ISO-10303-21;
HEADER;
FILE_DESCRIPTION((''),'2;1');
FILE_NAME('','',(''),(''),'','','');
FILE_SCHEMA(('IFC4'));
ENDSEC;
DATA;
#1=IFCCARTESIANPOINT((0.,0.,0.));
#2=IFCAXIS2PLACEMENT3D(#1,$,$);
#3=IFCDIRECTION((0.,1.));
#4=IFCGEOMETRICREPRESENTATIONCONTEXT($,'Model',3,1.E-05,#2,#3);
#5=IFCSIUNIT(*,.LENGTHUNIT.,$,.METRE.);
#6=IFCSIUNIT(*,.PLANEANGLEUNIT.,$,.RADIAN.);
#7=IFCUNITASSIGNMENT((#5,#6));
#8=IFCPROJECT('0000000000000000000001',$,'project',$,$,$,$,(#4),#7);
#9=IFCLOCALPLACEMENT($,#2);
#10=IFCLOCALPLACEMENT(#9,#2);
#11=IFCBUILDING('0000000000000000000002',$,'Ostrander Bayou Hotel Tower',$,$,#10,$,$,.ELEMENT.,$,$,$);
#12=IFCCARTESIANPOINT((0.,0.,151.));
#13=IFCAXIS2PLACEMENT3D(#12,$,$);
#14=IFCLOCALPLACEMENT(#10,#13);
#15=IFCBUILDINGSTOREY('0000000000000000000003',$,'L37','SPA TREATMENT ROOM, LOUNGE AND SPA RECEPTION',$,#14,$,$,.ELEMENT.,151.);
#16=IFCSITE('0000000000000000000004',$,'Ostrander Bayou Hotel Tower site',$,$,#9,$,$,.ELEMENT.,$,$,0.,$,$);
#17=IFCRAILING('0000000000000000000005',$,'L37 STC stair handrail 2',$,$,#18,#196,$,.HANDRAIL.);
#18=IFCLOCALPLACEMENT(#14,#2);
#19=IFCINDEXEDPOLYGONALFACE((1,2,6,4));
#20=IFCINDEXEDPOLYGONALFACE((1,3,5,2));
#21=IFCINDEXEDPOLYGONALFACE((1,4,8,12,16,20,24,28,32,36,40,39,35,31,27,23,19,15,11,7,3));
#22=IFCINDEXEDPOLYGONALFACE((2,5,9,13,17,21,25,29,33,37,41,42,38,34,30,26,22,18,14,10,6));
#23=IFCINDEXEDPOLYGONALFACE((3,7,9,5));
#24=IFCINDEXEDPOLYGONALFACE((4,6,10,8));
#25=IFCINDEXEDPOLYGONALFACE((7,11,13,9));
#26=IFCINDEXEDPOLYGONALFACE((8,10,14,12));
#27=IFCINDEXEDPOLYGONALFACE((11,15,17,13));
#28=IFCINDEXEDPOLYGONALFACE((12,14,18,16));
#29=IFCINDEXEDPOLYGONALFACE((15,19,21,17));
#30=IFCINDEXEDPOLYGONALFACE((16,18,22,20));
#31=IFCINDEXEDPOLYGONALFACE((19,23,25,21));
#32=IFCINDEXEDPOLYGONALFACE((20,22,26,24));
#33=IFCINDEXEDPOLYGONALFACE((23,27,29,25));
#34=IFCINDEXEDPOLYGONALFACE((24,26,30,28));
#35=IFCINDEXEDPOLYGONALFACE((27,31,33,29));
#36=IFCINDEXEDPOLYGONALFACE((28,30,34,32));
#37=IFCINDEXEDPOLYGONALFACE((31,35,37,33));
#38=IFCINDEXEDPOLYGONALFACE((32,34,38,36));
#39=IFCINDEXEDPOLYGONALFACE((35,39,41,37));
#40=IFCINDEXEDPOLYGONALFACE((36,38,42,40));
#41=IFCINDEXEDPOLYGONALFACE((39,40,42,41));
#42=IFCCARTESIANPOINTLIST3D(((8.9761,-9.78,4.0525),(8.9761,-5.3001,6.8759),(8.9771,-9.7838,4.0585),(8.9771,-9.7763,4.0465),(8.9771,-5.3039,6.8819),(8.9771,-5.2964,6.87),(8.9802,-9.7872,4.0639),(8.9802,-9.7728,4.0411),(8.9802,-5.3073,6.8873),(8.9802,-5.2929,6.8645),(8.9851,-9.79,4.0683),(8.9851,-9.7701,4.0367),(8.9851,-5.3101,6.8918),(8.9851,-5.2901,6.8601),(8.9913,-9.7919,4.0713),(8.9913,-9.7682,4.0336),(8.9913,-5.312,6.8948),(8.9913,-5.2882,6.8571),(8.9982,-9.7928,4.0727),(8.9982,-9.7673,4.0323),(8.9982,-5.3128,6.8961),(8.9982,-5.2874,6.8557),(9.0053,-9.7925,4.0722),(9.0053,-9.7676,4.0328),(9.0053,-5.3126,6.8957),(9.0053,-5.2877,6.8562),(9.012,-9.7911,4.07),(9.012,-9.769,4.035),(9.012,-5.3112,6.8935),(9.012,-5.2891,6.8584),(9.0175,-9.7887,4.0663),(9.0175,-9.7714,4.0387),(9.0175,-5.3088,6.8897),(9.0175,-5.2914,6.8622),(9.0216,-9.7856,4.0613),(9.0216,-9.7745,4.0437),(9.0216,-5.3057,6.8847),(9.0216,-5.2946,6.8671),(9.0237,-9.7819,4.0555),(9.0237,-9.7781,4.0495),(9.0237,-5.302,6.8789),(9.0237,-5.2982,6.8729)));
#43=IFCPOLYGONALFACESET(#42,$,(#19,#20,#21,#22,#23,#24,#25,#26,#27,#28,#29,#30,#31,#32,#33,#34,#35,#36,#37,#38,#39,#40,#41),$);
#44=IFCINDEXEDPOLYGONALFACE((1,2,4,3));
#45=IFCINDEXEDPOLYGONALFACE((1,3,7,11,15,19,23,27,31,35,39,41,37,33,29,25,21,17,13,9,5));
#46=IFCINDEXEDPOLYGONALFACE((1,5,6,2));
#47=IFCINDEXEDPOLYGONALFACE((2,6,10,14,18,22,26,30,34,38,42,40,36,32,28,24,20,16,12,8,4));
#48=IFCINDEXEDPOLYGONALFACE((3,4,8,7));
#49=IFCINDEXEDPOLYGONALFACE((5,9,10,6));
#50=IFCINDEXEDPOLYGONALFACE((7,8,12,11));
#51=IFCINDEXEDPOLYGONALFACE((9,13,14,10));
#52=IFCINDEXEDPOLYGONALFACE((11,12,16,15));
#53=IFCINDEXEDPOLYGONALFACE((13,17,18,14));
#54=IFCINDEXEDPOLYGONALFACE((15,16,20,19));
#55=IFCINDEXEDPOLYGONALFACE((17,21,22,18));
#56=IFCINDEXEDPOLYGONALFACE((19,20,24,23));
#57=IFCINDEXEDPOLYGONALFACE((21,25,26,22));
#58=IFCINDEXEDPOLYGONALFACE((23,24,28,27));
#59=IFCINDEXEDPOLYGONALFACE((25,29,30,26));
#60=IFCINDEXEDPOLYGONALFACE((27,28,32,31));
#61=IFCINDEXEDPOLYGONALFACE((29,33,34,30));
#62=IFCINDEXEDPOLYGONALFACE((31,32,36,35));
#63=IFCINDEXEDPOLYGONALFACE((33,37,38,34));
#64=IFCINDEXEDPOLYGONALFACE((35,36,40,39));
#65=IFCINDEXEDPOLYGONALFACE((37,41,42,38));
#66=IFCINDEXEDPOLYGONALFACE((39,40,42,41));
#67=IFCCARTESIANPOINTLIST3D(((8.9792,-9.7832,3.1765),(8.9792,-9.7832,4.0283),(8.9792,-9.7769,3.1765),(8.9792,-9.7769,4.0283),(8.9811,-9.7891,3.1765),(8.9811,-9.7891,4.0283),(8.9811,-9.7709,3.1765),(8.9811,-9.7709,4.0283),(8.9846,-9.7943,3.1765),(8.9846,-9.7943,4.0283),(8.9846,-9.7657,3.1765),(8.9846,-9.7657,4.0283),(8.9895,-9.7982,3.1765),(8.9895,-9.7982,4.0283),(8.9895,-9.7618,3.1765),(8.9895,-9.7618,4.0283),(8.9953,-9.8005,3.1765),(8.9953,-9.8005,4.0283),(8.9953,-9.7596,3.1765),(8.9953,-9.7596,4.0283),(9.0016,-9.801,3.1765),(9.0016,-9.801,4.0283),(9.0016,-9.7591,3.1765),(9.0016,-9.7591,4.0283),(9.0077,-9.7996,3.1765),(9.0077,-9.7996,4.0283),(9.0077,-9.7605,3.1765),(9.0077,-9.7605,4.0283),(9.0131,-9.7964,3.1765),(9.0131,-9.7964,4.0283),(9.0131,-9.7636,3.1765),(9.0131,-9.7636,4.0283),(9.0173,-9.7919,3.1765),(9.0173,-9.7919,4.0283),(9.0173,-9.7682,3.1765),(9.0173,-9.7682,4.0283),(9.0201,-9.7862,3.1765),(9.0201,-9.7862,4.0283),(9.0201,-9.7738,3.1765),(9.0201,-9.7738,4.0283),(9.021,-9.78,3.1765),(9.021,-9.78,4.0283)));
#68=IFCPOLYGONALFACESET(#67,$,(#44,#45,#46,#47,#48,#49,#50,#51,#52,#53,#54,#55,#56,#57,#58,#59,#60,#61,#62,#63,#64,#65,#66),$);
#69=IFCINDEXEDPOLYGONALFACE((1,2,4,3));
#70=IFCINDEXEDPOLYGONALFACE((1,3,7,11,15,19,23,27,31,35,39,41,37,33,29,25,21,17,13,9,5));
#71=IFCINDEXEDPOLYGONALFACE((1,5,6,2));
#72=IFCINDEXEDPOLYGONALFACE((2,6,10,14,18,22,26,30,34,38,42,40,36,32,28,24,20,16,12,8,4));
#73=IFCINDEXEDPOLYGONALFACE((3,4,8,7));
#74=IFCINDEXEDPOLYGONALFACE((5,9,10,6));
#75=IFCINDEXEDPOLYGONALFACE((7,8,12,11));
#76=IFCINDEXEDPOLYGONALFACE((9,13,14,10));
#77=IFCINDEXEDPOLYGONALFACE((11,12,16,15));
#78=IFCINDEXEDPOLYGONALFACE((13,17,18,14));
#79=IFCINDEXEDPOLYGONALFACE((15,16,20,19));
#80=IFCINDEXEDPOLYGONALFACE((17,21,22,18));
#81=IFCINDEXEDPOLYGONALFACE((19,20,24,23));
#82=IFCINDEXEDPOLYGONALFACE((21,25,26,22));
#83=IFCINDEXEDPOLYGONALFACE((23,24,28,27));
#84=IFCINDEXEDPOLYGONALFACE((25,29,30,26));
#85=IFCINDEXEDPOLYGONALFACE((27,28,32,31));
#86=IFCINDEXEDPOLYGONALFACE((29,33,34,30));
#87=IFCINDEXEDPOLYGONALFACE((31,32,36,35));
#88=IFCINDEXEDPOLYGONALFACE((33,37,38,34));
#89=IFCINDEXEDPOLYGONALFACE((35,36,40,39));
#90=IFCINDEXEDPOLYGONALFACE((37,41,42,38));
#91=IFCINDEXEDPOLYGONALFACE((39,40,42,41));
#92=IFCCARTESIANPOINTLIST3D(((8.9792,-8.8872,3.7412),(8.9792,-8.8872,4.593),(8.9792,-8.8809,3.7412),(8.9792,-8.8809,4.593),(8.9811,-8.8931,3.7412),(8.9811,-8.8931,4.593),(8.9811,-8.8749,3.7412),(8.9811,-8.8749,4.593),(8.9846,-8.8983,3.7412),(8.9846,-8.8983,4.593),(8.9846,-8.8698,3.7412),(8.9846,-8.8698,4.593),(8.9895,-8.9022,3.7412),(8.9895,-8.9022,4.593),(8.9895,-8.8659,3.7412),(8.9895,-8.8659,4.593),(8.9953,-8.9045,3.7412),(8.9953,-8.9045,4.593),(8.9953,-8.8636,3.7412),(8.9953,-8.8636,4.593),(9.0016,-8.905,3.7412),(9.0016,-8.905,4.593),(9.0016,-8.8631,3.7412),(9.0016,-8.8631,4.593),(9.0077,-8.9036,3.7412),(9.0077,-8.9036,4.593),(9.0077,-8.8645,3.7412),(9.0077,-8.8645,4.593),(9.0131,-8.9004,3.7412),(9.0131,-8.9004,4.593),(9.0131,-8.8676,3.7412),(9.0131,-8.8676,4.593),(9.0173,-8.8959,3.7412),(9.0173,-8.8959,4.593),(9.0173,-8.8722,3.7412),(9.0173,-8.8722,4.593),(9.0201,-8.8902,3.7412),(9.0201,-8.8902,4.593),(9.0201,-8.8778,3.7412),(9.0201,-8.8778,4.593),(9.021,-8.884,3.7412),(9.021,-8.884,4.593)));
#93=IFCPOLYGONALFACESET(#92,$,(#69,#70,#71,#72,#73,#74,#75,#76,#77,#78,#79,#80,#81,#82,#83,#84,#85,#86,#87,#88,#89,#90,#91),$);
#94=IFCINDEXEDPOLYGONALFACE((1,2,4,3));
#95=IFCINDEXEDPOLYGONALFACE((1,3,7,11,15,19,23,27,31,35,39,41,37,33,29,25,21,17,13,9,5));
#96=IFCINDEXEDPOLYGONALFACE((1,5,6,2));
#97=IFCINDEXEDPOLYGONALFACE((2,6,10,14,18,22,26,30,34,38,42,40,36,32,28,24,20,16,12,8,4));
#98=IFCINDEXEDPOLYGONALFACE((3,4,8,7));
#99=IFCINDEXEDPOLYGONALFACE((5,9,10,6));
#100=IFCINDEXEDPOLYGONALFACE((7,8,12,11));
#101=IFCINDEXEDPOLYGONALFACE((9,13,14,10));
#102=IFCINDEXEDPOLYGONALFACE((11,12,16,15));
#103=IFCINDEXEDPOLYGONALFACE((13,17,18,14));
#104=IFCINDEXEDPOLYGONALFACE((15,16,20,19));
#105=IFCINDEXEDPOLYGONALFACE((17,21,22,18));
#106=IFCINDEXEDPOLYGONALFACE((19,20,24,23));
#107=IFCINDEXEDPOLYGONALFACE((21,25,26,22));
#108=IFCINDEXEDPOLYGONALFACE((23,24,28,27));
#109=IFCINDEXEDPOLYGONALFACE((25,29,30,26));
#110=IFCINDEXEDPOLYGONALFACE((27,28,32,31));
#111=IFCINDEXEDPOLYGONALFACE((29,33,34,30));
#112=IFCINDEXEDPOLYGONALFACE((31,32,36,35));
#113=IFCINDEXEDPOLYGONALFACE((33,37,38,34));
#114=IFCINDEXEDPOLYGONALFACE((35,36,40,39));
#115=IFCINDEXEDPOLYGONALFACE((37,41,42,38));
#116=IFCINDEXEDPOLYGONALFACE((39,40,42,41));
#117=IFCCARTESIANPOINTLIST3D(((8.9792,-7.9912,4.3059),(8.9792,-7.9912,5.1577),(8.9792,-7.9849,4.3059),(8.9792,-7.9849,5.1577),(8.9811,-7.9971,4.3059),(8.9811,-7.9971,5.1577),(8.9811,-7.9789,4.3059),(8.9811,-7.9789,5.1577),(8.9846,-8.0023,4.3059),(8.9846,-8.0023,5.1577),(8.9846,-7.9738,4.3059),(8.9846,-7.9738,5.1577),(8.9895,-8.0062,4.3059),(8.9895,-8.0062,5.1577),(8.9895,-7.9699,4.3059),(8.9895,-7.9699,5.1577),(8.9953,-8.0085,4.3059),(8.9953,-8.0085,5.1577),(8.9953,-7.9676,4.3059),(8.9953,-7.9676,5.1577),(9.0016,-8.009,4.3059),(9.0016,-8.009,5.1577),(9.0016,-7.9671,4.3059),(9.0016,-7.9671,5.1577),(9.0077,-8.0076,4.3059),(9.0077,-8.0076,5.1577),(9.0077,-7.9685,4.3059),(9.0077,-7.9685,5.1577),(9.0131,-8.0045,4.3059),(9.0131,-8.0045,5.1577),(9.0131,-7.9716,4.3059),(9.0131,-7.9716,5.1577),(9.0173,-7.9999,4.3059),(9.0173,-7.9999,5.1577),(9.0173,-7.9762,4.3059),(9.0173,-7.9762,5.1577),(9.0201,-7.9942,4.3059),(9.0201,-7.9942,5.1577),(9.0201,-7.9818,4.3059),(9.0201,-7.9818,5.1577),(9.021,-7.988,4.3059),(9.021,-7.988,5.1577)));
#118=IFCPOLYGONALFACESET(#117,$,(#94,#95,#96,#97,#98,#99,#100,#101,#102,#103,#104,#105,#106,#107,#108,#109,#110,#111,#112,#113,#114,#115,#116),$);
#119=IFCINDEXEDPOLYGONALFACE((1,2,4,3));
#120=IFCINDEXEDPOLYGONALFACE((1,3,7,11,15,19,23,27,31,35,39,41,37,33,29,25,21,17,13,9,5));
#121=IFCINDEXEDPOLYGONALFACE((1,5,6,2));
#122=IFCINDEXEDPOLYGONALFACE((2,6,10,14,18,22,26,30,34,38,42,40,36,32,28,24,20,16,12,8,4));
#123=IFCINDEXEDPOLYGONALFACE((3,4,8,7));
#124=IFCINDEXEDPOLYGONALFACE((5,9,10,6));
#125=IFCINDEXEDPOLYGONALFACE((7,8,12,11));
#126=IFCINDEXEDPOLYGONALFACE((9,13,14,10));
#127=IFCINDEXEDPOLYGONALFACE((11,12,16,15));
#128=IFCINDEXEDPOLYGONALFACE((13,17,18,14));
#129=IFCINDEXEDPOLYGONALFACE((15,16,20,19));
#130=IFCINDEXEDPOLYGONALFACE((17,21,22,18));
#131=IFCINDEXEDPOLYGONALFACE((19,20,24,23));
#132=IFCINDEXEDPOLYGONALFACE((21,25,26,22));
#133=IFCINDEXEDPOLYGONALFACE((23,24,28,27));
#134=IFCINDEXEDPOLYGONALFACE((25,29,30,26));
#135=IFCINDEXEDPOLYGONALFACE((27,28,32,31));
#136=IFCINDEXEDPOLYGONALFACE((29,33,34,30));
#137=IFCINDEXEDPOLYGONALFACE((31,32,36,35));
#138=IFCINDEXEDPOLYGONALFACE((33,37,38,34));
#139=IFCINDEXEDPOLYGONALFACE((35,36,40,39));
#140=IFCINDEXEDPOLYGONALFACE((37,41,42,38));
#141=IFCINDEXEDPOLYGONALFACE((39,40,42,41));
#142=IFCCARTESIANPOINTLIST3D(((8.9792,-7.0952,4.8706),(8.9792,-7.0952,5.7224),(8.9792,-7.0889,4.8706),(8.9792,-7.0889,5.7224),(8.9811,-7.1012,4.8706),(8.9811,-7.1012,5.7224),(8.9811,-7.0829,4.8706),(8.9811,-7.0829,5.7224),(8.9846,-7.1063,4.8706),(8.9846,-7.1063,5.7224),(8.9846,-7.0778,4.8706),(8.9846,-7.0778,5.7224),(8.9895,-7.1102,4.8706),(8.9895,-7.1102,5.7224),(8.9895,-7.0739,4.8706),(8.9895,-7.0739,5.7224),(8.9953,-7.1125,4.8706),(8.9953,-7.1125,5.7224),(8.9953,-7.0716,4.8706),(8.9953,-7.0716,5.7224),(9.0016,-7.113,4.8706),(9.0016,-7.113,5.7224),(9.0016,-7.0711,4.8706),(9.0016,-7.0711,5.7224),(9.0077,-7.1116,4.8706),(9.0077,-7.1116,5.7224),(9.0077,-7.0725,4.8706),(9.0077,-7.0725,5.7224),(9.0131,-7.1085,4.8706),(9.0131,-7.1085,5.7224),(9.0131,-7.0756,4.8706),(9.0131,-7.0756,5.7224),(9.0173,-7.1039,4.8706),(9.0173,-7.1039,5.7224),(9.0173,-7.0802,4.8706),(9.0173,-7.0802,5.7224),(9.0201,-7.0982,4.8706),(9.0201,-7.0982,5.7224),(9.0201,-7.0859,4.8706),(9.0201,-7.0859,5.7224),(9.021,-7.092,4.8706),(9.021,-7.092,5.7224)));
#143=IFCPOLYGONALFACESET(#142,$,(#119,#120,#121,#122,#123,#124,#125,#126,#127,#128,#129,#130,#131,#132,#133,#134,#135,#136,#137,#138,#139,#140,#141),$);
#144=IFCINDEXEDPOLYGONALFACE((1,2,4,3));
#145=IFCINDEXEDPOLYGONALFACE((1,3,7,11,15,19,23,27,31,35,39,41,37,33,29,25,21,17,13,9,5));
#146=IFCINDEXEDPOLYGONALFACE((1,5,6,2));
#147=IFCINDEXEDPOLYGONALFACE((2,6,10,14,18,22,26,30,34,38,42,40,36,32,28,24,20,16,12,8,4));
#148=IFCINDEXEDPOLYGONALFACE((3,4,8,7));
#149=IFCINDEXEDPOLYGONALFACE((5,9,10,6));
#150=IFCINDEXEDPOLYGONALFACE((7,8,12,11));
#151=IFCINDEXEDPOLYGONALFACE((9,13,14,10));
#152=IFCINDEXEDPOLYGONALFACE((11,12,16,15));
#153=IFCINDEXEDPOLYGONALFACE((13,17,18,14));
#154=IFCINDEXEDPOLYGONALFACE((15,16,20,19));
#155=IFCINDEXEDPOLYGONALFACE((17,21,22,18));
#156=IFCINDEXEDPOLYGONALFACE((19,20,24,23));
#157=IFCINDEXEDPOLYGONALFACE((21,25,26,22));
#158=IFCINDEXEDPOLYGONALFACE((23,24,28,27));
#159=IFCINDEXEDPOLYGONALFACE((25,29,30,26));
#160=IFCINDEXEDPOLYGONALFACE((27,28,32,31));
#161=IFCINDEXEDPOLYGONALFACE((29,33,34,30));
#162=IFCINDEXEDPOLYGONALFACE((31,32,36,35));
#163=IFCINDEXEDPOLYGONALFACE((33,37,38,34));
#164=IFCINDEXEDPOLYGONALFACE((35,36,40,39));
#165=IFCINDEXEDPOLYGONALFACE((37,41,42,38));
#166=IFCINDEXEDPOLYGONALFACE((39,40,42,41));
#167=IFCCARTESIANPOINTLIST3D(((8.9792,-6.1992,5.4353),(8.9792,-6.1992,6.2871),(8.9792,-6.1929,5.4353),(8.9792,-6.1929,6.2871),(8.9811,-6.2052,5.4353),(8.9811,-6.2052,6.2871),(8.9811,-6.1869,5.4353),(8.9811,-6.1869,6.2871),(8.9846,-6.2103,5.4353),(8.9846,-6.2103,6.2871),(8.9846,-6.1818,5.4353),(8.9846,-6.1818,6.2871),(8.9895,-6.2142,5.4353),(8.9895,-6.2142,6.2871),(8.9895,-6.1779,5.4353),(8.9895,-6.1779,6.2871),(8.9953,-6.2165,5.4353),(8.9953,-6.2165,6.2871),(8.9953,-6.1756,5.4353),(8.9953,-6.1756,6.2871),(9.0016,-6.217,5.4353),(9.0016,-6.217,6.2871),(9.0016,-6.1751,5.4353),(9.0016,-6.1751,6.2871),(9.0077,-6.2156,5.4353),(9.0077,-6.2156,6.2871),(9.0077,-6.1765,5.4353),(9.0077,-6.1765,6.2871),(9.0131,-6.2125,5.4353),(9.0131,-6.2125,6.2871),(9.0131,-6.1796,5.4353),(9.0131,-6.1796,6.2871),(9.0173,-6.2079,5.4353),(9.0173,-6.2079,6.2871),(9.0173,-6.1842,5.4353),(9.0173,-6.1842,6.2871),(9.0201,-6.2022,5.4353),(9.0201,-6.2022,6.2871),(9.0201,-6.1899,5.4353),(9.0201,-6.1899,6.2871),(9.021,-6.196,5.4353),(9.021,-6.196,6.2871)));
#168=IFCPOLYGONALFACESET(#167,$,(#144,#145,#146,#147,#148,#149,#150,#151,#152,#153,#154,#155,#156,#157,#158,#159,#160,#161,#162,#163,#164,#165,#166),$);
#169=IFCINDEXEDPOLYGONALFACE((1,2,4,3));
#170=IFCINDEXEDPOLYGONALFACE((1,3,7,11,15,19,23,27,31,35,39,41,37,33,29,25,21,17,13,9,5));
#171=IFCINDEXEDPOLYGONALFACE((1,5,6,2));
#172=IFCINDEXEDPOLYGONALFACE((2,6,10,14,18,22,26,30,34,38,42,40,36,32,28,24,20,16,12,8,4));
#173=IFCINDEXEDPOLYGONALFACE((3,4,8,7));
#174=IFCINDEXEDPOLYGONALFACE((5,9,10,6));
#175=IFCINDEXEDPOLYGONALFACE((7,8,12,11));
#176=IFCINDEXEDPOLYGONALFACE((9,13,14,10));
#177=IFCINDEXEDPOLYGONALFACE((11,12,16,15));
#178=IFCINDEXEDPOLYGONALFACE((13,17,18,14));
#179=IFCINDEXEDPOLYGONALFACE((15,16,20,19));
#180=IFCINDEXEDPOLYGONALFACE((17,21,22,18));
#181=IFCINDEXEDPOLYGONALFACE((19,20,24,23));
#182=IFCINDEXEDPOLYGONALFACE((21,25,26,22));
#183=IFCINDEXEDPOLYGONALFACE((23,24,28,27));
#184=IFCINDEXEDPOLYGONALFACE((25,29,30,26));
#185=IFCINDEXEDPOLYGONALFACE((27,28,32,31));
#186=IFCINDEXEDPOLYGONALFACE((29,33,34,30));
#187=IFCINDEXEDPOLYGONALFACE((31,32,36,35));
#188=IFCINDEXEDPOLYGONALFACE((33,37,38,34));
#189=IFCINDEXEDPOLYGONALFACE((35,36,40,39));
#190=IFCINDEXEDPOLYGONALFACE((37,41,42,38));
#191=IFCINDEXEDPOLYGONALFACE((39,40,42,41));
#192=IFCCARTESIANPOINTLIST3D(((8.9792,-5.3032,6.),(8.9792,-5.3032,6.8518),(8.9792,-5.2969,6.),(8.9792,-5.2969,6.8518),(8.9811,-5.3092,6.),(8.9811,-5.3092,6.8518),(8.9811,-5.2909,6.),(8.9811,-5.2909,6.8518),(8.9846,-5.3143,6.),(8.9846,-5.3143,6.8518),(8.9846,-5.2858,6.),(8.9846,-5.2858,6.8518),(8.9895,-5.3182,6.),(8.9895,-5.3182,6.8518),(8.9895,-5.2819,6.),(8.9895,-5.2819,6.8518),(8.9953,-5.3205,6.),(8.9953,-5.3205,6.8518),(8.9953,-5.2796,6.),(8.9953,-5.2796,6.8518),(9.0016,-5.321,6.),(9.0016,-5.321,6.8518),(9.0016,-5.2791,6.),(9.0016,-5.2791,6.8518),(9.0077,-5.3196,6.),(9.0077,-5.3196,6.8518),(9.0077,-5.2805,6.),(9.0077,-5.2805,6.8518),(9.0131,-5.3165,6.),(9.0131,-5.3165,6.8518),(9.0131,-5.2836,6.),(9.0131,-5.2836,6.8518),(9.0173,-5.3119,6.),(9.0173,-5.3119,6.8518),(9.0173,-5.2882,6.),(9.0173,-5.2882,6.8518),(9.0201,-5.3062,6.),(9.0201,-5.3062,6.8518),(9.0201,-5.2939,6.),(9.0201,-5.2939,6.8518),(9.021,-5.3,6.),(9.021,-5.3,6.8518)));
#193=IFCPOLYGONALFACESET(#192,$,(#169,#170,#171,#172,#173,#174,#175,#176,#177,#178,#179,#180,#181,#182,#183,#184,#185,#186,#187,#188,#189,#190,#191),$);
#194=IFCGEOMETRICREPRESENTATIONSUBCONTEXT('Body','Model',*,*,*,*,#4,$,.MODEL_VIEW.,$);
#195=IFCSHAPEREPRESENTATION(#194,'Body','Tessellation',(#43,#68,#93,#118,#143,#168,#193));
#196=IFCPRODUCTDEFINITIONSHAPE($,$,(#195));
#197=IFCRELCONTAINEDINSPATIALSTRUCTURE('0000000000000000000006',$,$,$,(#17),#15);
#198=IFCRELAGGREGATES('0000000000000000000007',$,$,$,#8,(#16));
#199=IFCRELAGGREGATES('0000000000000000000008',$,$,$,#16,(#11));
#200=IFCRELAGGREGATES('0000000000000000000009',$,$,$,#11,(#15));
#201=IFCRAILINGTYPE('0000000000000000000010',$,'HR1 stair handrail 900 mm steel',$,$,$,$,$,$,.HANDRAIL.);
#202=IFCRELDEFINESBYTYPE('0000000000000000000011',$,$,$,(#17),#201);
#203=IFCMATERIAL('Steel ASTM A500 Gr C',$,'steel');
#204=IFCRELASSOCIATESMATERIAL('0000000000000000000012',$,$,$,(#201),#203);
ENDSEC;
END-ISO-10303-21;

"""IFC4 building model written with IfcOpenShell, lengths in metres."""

from ifc_helpers import new_model, si_unit, direction, frame, origin, origin_2d, place, context, subcontext, project, spatial, circle, extrude, material, type_object, element, save


model = new_model("IFC4")

# Units and contexts
model_context = context("Model", 3, precision=1e-05, world=origin(), true_north=direction((0.0, 1.0)))
body_context = subcontext(model_context, "Body", "Model", "MODEL_VIEW")
ifc_project = project(units=[si_unit("LENGTHUNIT", "METRE"), si_unit("PLANEANGLEUNIT", "RADIAN")], contexts=[model_context])

# Site, building, storey
site_placement = place(None, origin())
site = spatial("IfcSite", under=ifc_project, at=site_placement, Name="Ostrander Bayou Hotel Tower site", CompositionType="ELEMENT", RefElevation=0.0)
building_placement = place(site_placement, origin())
building = spatial("IfcBuilding", under=site, at=building_placement, Name="Ostrander Bayou Hotel Tower", CompositionType="ELEMENT")
storey_placement = place(building_placement, frame((0.0, 0.0, 151.0)))
storey = spatial("IfcBuildingStorey", under=building, at=storey_placement, Name="L37", Description="SPA TREATMENT ROOM, LOUNGE AND SPA RECEPTION", CompositionType="ELEMENT", Elevation=151.0)

# Railing
ifc_material_1 = material(Name="Steel ASTM A500 Gr C", Category="steel")
railing_type_1 = type_object("IfcRailingType", Name="HR1 stair handrail 900 mm steel", PredefinedType="HANDRAIL", material=ifc_material_1)
railing_1_placement = place(storey_placement, frame((9.0, -9.78, 3.1765)))
element("IfcRailing", 1, at=railing_1_placement, inside=storey, type_object=railing_type_1, Name="L37 STC stair handrail 2", PredefinedType="HANDRAIL", context=body_context, shape_type="SweptSolid", body=[
    extrude(circle(Radius=0.0239, at=origin_2d()), frame((0.0, 0.0, 0.876), z_axis=(0.0, 0.845998, 0.533186), x_axis=(-1.0, 0.0, 0.0)), (0.0, 0.0, 1.0), 5.2954),
    extrude(circle(Radius=0.021, at=origin_2d()), origin(), (0.0, 0.0, 1.0), 0.8518),
    extrude(circle(Radius=0.021, at=origin_2d()), frame((0.0, 0.896, 0.5647)), (0.0, 0.0, 1.0), 0.8518),
    extrude(circle(Radius=0.021, at=origin_2d()), frame((0.0, 1.792, 1.1294)), (0.0, 0.0, 1.0), 0.8518),
    extrude(circle(Radius=0.021, at=origin_2d()), frame((0.0, 2.688, 1.6941)), (0.0, 0.0, 1.0), 0.8518),
    extrude(circle(Radius=0.021, at=origin_2d()), frame((0.0, 3.584, 2.2588)), (0.0, 0.0, 1.0), 0.8518),
    extrude(circle(Radius=0.021, at=origin_2d()), frame((0.0, 4.48, 2.8235)), (0.0, 0.0, 1.0), 0.8518),
])

save(model, "model.ifc")
